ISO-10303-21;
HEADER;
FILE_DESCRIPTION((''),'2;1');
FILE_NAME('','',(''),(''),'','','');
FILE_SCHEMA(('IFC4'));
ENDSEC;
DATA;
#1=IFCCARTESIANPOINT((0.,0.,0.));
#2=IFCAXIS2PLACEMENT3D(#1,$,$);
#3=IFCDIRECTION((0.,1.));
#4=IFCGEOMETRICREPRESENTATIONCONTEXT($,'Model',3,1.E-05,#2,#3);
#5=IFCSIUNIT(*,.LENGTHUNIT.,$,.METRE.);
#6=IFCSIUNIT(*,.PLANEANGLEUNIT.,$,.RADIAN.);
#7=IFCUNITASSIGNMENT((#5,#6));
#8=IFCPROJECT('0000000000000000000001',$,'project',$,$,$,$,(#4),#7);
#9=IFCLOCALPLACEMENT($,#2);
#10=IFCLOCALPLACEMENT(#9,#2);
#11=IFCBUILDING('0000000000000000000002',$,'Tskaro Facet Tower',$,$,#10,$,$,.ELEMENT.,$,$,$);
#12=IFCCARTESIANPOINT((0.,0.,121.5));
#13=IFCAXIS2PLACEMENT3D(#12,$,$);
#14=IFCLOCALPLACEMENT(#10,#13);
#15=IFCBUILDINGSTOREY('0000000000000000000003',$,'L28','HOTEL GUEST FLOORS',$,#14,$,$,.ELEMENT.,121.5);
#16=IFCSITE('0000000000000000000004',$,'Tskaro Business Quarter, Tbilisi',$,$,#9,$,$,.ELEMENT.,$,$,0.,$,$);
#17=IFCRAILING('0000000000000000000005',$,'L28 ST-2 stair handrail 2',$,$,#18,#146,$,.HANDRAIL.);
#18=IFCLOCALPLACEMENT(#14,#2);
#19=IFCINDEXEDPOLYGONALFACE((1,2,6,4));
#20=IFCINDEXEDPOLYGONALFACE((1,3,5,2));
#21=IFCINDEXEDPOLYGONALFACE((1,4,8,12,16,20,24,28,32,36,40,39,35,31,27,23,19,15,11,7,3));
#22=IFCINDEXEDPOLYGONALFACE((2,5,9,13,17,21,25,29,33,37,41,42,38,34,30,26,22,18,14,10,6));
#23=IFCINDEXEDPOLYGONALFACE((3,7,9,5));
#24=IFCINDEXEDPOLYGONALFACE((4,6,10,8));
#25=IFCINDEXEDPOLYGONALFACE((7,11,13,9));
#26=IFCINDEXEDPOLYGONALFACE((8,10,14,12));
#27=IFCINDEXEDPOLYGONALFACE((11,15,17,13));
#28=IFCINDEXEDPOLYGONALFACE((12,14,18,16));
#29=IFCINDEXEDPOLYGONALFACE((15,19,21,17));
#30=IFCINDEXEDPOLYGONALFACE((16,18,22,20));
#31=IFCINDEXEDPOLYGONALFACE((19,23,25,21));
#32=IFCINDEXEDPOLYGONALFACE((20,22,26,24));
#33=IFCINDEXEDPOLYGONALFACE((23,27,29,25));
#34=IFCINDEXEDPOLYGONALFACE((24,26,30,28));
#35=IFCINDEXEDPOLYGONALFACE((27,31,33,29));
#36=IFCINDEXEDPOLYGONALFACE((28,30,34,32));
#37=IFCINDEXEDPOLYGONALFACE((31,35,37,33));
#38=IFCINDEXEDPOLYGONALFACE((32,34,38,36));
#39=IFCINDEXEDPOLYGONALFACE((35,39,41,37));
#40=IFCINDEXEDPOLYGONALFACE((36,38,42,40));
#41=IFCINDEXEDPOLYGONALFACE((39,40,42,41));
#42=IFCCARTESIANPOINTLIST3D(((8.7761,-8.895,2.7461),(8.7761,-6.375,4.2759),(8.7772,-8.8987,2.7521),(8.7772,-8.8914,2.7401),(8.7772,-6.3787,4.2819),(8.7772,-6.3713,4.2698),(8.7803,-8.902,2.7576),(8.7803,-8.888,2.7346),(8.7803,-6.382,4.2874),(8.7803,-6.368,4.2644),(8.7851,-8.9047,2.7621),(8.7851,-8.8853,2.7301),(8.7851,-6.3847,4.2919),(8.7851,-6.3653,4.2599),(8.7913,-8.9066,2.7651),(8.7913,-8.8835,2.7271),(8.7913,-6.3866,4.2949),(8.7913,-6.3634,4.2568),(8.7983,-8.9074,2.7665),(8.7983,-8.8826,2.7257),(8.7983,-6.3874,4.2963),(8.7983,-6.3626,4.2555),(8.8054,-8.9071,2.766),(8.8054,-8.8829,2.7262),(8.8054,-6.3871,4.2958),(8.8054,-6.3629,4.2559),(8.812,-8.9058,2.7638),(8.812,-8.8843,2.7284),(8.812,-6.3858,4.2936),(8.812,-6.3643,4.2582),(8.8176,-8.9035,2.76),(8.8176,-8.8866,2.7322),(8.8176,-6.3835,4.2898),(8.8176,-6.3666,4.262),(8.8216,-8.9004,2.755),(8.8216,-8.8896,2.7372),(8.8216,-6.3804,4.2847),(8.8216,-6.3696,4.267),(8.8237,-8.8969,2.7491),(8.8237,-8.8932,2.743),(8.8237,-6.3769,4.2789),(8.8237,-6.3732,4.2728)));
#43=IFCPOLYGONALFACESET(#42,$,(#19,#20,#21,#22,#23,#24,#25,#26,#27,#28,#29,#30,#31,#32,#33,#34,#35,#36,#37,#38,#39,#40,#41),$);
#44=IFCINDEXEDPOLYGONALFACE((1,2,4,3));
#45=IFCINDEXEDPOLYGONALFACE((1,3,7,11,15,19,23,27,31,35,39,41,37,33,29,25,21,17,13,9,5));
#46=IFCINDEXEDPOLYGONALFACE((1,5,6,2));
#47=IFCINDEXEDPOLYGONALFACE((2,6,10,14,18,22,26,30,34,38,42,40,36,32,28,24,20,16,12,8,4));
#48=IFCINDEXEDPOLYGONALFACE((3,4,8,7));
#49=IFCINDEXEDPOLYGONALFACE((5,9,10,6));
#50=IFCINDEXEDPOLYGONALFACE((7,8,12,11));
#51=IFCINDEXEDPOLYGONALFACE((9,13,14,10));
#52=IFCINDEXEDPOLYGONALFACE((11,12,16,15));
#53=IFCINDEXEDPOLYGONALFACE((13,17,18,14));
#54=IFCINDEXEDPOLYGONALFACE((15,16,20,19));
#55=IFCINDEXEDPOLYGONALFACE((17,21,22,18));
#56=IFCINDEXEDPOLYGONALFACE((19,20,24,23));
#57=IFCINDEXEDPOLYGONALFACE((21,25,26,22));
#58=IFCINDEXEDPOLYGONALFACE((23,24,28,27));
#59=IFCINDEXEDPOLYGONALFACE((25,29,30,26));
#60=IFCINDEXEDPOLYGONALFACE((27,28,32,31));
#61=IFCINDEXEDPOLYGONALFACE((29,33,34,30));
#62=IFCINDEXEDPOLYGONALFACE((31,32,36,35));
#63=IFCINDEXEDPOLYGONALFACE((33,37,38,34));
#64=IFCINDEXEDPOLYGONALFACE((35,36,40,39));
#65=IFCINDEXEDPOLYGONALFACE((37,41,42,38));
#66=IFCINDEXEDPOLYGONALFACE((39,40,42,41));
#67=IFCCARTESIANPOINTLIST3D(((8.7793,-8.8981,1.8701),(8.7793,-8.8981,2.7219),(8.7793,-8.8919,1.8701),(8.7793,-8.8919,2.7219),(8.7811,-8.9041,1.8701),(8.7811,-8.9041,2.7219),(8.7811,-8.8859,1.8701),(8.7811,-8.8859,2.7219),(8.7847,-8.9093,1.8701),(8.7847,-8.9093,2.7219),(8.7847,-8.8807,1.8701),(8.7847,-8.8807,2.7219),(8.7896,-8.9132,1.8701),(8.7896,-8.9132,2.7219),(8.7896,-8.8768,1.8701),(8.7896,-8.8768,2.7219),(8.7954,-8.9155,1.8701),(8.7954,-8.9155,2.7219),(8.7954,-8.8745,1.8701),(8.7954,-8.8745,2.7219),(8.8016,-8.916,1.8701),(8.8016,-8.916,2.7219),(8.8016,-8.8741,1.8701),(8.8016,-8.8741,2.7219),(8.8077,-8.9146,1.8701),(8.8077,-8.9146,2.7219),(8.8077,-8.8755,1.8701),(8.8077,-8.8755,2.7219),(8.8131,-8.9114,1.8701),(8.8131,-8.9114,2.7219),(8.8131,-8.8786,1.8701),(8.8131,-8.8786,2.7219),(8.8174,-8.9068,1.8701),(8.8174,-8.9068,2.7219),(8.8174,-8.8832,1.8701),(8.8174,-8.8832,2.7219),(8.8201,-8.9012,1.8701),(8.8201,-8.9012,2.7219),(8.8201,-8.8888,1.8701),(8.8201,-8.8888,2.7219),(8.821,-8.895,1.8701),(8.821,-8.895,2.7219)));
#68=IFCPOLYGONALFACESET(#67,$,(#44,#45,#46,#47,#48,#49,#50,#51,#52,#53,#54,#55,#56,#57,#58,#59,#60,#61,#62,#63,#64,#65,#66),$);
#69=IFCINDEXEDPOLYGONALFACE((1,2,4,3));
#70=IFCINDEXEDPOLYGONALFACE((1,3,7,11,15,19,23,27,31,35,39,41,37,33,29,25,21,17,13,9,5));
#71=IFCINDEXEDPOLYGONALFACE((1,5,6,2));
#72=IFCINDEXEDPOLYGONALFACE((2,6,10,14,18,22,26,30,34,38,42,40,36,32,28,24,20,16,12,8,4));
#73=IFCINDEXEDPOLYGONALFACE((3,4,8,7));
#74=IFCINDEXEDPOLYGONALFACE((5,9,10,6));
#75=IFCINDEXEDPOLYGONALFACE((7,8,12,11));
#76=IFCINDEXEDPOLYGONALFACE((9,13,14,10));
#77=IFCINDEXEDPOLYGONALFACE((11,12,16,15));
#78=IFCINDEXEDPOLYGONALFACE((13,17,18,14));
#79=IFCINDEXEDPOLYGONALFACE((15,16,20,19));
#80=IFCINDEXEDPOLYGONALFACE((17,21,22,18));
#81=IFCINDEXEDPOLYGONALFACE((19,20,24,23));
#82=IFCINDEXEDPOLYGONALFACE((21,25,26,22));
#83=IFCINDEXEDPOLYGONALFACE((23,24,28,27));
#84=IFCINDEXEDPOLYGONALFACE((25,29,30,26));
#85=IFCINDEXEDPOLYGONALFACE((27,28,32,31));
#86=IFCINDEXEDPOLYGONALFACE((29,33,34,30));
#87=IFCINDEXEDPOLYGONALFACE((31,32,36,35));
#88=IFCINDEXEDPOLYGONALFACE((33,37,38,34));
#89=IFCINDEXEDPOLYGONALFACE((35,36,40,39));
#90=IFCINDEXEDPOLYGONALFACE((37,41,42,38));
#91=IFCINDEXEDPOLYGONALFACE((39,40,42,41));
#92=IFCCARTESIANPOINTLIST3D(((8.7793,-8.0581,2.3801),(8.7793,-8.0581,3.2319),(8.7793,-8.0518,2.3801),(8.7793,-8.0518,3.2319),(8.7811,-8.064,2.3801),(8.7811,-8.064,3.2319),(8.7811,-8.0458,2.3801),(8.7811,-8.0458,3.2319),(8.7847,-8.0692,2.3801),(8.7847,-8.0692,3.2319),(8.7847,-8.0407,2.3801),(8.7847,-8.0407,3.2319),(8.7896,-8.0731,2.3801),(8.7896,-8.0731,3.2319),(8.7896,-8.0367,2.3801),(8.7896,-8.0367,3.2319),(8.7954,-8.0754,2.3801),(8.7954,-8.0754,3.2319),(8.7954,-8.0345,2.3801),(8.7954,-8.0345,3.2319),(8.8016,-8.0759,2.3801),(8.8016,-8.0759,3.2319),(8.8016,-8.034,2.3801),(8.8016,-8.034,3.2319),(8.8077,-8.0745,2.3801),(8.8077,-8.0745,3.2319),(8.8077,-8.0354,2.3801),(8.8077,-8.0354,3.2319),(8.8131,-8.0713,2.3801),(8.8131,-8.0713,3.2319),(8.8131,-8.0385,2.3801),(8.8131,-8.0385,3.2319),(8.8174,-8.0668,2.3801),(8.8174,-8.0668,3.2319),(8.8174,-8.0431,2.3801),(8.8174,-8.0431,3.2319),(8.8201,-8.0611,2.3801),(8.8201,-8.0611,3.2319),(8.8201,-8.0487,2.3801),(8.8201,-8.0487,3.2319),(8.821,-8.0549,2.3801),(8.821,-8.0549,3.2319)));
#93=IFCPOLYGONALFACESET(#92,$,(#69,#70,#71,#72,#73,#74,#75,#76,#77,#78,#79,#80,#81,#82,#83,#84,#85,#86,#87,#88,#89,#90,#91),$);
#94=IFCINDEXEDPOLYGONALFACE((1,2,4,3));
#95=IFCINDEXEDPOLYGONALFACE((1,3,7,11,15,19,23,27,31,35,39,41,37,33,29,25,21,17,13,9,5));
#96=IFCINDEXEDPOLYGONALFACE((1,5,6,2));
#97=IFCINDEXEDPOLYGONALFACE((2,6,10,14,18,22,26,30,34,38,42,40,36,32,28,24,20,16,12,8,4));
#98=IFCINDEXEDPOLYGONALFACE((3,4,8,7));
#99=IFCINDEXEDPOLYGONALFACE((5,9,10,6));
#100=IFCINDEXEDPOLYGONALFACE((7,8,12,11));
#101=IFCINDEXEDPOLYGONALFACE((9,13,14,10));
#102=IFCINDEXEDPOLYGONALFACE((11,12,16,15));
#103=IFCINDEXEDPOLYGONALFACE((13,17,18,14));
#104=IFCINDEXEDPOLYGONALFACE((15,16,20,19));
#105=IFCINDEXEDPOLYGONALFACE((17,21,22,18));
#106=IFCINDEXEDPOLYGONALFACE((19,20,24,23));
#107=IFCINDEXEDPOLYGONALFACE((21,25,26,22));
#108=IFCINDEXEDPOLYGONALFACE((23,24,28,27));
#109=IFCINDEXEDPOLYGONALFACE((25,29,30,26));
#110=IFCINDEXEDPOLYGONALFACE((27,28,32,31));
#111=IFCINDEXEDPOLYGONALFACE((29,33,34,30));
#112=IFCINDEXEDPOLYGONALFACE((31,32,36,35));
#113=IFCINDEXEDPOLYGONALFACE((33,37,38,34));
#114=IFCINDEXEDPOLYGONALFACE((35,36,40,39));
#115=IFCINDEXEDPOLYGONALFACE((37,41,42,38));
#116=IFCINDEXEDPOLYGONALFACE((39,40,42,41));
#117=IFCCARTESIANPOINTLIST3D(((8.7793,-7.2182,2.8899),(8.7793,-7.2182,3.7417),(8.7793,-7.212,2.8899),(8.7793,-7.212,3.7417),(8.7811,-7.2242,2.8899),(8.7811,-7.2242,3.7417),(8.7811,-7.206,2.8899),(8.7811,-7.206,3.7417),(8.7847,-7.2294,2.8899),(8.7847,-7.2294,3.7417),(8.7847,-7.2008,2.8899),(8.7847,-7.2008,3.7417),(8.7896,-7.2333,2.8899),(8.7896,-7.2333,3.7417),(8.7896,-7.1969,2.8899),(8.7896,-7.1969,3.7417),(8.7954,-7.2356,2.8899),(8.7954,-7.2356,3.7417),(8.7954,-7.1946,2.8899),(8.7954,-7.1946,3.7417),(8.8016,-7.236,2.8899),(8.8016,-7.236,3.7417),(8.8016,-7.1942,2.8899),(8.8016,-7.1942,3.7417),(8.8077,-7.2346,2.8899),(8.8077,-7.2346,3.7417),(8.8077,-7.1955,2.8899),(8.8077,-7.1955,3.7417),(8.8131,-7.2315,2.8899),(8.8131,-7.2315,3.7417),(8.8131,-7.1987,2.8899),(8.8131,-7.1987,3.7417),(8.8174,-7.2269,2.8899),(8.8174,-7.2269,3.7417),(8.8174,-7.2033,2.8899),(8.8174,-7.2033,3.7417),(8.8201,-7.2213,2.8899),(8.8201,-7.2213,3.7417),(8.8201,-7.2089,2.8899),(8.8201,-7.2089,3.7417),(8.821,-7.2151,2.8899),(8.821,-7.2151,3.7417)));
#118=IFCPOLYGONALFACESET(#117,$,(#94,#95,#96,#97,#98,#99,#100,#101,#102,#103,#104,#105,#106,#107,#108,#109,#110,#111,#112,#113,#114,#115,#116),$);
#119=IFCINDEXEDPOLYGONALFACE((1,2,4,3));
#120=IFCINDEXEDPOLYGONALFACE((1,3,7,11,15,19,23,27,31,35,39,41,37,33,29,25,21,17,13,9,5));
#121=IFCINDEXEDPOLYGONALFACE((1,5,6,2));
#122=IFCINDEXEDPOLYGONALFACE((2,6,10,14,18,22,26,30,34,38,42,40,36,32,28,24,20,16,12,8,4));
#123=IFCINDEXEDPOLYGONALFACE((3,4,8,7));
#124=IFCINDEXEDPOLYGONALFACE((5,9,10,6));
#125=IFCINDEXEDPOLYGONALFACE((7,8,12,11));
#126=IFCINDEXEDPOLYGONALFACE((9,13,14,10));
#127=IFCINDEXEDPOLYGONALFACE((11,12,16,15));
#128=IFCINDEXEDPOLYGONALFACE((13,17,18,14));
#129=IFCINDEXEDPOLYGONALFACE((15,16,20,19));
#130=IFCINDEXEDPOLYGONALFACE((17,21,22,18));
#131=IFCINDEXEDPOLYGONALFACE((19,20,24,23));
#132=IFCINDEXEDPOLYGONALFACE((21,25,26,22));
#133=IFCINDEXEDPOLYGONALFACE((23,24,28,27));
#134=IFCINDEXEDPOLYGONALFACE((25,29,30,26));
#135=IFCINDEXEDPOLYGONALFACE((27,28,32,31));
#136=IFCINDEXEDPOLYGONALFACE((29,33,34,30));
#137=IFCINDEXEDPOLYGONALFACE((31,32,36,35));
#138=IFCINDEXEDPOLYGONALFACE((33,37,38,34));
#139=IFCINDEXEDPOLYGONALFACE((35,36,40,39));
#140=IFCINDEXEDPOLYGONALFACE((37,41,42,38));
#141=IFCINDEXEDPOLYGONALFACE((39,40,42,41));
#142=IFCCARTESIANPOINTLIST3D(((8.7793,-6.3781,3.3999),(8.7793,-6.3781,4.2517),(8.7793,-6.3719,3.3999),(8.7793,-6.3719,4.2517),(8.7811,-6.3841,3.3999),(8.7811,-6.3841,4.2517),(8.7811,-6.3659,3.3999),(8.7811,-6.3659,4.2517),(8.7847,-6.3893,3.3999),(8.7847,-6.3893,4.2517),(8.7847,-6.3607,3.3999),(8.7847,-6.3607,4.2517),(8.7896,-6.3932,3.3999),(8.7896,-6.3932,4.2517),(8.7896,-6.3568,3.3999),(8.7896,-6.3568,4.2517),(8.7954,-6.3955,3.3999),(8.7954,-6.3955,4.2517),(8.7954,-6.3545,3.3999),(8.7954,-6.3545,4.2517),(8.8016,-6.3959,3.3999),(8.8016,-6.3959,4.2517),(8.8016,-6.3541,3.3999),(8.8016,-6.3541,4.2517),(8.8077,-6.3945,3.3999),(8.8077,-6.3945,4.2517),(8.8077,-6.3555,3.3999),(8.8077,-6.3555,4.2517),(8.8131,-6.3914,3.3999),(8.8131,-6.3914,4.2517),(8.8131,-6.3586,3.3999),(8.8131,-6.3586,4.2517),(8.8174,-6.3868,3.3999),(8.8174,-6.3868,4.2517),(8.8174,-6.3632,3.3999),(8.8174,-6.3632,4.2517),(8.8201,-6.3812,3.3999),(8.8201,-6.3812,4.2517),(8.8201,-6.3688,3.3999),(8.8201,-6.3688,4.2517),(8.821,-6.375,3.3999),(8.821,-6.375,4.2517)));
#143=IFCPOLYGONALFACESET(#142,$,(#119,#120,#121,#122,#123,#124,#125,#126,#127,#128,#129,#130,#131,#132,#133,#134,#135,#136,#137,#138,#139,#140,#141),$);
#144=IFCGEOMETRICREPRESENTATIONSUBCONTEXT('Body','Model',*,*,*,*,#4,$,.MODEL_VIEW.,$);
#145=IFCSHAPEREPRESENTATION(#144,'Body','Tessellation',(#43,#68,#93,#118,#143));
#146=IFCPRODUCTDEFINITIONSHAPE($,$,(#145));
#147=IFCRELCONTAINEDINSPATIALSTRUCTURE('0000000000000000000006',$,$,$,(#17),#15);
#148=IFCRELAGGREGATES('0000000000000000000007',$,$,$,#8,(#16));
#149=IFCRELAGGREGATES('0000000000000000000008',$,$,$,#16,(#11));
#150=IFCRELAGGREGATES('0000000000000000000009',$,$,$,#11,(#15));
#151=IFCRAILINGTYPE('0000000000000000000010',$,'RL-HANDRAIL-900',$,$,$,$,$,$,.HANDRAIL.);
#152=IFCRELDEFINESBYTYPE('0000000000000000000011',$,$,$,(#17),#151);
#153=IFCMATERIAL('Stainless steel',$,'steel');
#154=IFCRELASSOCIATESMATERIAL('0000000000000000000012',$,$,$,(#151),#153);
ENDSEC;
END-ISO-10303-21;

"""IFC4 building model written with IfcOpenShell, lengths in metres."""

from ifc_helpers import new_model, si_unit, direction, frame, origin, origin_2d, place, context, subcontext, project, spatial, circle, extrude, material, type_object, element, save


model = new_model("IFC4")

# Units and contexts
model_context = context("Model", 3, precision=1e-05, world=origin(), true_north=direction((0.0, 1.0)))
body_context = subcontext(model_context, "Body", "Model", "MODEL_VIEW")
ifc_project = project(units=[si_unit("LENGTHUNIT", "METRE"), si_unit("PLANEANGLEUNIT", "RADIAN")], contexts=[model_context])

# Site, building, storey
site_placement = place(None, origin())
site = spatial("IfcSite", under=ifc_project, at=site_placement, Name="Tskaro Business Quarter, Tbilisi", CompositionType="ELEMENT", RefElevation=0.0)
building_placement = place(site_placement, origin())
building = spatial("IfcBuilding", under=site, at=building_placement, Name="Tskaro Facet Tower", CompositionType="ELEMENT")
storey_placement = place(building_placement, frame((0.0, 0.0, 121.5)))
storey = spatial("IfcBuildingStorey", under=building, at=storey_placement, Name="L28", Description="HOTEL GUEST FLOORS", CompositionType="ELEMENT", Elevation=121.5)

# Railing
ifc_material_1 = material(Name="Stainless steel", Category="steel")
railing_type_1 = type_object("IfcRailingType", Name="RL-HANDRAIL-900", PredefinedType="HANDRAIL", material=ifc_material_1)
railing_1_placement = place(storey_placement, frame((8.8, -8.895, 1.8701)))
element("IfcRailing", 1, at=railing_1_placement, inside=storey, type_object=railing_type_1, Name="L28 ST-2 stair handrail 2", PredefinedType="HANDRAIL", context=body_context, shape_type="SweptSolid", body=[
    extrude(circle(Radius=0.0239, at=origin_2d()), frame((0.0, 0.0, 0.876), z_axis=(0.0, 0.854822, 0.518922), x_axis=(-1.0, 0.0, 0.0)), (0.0, 0.0, 1.0), 2.948),
    extrude(circle(Radius=0.021, at=origin_2d()), origin(), (0.0, 0.0, 1.0), 0.8518),
    extrude(circle(Radius=0.021, at=origin_2d()), frame((0.0, 0.8401, 0.51)), (0.0, 0.0, 1.0), 0.8518),
    extrude(circle(Radius=0.021, at=origin_2d()), frame((0.0, 1.6799, 1.0198)), (0.0, 0.0, 1.0), 0.8518),
    extrude(circle(Radius=0.021, at=origin_2d()), frame((0.0, 2.52, 1.5298)), (0.0, 0.0, 1.0), 0.8518),
])

save(model, "model.ifc")
